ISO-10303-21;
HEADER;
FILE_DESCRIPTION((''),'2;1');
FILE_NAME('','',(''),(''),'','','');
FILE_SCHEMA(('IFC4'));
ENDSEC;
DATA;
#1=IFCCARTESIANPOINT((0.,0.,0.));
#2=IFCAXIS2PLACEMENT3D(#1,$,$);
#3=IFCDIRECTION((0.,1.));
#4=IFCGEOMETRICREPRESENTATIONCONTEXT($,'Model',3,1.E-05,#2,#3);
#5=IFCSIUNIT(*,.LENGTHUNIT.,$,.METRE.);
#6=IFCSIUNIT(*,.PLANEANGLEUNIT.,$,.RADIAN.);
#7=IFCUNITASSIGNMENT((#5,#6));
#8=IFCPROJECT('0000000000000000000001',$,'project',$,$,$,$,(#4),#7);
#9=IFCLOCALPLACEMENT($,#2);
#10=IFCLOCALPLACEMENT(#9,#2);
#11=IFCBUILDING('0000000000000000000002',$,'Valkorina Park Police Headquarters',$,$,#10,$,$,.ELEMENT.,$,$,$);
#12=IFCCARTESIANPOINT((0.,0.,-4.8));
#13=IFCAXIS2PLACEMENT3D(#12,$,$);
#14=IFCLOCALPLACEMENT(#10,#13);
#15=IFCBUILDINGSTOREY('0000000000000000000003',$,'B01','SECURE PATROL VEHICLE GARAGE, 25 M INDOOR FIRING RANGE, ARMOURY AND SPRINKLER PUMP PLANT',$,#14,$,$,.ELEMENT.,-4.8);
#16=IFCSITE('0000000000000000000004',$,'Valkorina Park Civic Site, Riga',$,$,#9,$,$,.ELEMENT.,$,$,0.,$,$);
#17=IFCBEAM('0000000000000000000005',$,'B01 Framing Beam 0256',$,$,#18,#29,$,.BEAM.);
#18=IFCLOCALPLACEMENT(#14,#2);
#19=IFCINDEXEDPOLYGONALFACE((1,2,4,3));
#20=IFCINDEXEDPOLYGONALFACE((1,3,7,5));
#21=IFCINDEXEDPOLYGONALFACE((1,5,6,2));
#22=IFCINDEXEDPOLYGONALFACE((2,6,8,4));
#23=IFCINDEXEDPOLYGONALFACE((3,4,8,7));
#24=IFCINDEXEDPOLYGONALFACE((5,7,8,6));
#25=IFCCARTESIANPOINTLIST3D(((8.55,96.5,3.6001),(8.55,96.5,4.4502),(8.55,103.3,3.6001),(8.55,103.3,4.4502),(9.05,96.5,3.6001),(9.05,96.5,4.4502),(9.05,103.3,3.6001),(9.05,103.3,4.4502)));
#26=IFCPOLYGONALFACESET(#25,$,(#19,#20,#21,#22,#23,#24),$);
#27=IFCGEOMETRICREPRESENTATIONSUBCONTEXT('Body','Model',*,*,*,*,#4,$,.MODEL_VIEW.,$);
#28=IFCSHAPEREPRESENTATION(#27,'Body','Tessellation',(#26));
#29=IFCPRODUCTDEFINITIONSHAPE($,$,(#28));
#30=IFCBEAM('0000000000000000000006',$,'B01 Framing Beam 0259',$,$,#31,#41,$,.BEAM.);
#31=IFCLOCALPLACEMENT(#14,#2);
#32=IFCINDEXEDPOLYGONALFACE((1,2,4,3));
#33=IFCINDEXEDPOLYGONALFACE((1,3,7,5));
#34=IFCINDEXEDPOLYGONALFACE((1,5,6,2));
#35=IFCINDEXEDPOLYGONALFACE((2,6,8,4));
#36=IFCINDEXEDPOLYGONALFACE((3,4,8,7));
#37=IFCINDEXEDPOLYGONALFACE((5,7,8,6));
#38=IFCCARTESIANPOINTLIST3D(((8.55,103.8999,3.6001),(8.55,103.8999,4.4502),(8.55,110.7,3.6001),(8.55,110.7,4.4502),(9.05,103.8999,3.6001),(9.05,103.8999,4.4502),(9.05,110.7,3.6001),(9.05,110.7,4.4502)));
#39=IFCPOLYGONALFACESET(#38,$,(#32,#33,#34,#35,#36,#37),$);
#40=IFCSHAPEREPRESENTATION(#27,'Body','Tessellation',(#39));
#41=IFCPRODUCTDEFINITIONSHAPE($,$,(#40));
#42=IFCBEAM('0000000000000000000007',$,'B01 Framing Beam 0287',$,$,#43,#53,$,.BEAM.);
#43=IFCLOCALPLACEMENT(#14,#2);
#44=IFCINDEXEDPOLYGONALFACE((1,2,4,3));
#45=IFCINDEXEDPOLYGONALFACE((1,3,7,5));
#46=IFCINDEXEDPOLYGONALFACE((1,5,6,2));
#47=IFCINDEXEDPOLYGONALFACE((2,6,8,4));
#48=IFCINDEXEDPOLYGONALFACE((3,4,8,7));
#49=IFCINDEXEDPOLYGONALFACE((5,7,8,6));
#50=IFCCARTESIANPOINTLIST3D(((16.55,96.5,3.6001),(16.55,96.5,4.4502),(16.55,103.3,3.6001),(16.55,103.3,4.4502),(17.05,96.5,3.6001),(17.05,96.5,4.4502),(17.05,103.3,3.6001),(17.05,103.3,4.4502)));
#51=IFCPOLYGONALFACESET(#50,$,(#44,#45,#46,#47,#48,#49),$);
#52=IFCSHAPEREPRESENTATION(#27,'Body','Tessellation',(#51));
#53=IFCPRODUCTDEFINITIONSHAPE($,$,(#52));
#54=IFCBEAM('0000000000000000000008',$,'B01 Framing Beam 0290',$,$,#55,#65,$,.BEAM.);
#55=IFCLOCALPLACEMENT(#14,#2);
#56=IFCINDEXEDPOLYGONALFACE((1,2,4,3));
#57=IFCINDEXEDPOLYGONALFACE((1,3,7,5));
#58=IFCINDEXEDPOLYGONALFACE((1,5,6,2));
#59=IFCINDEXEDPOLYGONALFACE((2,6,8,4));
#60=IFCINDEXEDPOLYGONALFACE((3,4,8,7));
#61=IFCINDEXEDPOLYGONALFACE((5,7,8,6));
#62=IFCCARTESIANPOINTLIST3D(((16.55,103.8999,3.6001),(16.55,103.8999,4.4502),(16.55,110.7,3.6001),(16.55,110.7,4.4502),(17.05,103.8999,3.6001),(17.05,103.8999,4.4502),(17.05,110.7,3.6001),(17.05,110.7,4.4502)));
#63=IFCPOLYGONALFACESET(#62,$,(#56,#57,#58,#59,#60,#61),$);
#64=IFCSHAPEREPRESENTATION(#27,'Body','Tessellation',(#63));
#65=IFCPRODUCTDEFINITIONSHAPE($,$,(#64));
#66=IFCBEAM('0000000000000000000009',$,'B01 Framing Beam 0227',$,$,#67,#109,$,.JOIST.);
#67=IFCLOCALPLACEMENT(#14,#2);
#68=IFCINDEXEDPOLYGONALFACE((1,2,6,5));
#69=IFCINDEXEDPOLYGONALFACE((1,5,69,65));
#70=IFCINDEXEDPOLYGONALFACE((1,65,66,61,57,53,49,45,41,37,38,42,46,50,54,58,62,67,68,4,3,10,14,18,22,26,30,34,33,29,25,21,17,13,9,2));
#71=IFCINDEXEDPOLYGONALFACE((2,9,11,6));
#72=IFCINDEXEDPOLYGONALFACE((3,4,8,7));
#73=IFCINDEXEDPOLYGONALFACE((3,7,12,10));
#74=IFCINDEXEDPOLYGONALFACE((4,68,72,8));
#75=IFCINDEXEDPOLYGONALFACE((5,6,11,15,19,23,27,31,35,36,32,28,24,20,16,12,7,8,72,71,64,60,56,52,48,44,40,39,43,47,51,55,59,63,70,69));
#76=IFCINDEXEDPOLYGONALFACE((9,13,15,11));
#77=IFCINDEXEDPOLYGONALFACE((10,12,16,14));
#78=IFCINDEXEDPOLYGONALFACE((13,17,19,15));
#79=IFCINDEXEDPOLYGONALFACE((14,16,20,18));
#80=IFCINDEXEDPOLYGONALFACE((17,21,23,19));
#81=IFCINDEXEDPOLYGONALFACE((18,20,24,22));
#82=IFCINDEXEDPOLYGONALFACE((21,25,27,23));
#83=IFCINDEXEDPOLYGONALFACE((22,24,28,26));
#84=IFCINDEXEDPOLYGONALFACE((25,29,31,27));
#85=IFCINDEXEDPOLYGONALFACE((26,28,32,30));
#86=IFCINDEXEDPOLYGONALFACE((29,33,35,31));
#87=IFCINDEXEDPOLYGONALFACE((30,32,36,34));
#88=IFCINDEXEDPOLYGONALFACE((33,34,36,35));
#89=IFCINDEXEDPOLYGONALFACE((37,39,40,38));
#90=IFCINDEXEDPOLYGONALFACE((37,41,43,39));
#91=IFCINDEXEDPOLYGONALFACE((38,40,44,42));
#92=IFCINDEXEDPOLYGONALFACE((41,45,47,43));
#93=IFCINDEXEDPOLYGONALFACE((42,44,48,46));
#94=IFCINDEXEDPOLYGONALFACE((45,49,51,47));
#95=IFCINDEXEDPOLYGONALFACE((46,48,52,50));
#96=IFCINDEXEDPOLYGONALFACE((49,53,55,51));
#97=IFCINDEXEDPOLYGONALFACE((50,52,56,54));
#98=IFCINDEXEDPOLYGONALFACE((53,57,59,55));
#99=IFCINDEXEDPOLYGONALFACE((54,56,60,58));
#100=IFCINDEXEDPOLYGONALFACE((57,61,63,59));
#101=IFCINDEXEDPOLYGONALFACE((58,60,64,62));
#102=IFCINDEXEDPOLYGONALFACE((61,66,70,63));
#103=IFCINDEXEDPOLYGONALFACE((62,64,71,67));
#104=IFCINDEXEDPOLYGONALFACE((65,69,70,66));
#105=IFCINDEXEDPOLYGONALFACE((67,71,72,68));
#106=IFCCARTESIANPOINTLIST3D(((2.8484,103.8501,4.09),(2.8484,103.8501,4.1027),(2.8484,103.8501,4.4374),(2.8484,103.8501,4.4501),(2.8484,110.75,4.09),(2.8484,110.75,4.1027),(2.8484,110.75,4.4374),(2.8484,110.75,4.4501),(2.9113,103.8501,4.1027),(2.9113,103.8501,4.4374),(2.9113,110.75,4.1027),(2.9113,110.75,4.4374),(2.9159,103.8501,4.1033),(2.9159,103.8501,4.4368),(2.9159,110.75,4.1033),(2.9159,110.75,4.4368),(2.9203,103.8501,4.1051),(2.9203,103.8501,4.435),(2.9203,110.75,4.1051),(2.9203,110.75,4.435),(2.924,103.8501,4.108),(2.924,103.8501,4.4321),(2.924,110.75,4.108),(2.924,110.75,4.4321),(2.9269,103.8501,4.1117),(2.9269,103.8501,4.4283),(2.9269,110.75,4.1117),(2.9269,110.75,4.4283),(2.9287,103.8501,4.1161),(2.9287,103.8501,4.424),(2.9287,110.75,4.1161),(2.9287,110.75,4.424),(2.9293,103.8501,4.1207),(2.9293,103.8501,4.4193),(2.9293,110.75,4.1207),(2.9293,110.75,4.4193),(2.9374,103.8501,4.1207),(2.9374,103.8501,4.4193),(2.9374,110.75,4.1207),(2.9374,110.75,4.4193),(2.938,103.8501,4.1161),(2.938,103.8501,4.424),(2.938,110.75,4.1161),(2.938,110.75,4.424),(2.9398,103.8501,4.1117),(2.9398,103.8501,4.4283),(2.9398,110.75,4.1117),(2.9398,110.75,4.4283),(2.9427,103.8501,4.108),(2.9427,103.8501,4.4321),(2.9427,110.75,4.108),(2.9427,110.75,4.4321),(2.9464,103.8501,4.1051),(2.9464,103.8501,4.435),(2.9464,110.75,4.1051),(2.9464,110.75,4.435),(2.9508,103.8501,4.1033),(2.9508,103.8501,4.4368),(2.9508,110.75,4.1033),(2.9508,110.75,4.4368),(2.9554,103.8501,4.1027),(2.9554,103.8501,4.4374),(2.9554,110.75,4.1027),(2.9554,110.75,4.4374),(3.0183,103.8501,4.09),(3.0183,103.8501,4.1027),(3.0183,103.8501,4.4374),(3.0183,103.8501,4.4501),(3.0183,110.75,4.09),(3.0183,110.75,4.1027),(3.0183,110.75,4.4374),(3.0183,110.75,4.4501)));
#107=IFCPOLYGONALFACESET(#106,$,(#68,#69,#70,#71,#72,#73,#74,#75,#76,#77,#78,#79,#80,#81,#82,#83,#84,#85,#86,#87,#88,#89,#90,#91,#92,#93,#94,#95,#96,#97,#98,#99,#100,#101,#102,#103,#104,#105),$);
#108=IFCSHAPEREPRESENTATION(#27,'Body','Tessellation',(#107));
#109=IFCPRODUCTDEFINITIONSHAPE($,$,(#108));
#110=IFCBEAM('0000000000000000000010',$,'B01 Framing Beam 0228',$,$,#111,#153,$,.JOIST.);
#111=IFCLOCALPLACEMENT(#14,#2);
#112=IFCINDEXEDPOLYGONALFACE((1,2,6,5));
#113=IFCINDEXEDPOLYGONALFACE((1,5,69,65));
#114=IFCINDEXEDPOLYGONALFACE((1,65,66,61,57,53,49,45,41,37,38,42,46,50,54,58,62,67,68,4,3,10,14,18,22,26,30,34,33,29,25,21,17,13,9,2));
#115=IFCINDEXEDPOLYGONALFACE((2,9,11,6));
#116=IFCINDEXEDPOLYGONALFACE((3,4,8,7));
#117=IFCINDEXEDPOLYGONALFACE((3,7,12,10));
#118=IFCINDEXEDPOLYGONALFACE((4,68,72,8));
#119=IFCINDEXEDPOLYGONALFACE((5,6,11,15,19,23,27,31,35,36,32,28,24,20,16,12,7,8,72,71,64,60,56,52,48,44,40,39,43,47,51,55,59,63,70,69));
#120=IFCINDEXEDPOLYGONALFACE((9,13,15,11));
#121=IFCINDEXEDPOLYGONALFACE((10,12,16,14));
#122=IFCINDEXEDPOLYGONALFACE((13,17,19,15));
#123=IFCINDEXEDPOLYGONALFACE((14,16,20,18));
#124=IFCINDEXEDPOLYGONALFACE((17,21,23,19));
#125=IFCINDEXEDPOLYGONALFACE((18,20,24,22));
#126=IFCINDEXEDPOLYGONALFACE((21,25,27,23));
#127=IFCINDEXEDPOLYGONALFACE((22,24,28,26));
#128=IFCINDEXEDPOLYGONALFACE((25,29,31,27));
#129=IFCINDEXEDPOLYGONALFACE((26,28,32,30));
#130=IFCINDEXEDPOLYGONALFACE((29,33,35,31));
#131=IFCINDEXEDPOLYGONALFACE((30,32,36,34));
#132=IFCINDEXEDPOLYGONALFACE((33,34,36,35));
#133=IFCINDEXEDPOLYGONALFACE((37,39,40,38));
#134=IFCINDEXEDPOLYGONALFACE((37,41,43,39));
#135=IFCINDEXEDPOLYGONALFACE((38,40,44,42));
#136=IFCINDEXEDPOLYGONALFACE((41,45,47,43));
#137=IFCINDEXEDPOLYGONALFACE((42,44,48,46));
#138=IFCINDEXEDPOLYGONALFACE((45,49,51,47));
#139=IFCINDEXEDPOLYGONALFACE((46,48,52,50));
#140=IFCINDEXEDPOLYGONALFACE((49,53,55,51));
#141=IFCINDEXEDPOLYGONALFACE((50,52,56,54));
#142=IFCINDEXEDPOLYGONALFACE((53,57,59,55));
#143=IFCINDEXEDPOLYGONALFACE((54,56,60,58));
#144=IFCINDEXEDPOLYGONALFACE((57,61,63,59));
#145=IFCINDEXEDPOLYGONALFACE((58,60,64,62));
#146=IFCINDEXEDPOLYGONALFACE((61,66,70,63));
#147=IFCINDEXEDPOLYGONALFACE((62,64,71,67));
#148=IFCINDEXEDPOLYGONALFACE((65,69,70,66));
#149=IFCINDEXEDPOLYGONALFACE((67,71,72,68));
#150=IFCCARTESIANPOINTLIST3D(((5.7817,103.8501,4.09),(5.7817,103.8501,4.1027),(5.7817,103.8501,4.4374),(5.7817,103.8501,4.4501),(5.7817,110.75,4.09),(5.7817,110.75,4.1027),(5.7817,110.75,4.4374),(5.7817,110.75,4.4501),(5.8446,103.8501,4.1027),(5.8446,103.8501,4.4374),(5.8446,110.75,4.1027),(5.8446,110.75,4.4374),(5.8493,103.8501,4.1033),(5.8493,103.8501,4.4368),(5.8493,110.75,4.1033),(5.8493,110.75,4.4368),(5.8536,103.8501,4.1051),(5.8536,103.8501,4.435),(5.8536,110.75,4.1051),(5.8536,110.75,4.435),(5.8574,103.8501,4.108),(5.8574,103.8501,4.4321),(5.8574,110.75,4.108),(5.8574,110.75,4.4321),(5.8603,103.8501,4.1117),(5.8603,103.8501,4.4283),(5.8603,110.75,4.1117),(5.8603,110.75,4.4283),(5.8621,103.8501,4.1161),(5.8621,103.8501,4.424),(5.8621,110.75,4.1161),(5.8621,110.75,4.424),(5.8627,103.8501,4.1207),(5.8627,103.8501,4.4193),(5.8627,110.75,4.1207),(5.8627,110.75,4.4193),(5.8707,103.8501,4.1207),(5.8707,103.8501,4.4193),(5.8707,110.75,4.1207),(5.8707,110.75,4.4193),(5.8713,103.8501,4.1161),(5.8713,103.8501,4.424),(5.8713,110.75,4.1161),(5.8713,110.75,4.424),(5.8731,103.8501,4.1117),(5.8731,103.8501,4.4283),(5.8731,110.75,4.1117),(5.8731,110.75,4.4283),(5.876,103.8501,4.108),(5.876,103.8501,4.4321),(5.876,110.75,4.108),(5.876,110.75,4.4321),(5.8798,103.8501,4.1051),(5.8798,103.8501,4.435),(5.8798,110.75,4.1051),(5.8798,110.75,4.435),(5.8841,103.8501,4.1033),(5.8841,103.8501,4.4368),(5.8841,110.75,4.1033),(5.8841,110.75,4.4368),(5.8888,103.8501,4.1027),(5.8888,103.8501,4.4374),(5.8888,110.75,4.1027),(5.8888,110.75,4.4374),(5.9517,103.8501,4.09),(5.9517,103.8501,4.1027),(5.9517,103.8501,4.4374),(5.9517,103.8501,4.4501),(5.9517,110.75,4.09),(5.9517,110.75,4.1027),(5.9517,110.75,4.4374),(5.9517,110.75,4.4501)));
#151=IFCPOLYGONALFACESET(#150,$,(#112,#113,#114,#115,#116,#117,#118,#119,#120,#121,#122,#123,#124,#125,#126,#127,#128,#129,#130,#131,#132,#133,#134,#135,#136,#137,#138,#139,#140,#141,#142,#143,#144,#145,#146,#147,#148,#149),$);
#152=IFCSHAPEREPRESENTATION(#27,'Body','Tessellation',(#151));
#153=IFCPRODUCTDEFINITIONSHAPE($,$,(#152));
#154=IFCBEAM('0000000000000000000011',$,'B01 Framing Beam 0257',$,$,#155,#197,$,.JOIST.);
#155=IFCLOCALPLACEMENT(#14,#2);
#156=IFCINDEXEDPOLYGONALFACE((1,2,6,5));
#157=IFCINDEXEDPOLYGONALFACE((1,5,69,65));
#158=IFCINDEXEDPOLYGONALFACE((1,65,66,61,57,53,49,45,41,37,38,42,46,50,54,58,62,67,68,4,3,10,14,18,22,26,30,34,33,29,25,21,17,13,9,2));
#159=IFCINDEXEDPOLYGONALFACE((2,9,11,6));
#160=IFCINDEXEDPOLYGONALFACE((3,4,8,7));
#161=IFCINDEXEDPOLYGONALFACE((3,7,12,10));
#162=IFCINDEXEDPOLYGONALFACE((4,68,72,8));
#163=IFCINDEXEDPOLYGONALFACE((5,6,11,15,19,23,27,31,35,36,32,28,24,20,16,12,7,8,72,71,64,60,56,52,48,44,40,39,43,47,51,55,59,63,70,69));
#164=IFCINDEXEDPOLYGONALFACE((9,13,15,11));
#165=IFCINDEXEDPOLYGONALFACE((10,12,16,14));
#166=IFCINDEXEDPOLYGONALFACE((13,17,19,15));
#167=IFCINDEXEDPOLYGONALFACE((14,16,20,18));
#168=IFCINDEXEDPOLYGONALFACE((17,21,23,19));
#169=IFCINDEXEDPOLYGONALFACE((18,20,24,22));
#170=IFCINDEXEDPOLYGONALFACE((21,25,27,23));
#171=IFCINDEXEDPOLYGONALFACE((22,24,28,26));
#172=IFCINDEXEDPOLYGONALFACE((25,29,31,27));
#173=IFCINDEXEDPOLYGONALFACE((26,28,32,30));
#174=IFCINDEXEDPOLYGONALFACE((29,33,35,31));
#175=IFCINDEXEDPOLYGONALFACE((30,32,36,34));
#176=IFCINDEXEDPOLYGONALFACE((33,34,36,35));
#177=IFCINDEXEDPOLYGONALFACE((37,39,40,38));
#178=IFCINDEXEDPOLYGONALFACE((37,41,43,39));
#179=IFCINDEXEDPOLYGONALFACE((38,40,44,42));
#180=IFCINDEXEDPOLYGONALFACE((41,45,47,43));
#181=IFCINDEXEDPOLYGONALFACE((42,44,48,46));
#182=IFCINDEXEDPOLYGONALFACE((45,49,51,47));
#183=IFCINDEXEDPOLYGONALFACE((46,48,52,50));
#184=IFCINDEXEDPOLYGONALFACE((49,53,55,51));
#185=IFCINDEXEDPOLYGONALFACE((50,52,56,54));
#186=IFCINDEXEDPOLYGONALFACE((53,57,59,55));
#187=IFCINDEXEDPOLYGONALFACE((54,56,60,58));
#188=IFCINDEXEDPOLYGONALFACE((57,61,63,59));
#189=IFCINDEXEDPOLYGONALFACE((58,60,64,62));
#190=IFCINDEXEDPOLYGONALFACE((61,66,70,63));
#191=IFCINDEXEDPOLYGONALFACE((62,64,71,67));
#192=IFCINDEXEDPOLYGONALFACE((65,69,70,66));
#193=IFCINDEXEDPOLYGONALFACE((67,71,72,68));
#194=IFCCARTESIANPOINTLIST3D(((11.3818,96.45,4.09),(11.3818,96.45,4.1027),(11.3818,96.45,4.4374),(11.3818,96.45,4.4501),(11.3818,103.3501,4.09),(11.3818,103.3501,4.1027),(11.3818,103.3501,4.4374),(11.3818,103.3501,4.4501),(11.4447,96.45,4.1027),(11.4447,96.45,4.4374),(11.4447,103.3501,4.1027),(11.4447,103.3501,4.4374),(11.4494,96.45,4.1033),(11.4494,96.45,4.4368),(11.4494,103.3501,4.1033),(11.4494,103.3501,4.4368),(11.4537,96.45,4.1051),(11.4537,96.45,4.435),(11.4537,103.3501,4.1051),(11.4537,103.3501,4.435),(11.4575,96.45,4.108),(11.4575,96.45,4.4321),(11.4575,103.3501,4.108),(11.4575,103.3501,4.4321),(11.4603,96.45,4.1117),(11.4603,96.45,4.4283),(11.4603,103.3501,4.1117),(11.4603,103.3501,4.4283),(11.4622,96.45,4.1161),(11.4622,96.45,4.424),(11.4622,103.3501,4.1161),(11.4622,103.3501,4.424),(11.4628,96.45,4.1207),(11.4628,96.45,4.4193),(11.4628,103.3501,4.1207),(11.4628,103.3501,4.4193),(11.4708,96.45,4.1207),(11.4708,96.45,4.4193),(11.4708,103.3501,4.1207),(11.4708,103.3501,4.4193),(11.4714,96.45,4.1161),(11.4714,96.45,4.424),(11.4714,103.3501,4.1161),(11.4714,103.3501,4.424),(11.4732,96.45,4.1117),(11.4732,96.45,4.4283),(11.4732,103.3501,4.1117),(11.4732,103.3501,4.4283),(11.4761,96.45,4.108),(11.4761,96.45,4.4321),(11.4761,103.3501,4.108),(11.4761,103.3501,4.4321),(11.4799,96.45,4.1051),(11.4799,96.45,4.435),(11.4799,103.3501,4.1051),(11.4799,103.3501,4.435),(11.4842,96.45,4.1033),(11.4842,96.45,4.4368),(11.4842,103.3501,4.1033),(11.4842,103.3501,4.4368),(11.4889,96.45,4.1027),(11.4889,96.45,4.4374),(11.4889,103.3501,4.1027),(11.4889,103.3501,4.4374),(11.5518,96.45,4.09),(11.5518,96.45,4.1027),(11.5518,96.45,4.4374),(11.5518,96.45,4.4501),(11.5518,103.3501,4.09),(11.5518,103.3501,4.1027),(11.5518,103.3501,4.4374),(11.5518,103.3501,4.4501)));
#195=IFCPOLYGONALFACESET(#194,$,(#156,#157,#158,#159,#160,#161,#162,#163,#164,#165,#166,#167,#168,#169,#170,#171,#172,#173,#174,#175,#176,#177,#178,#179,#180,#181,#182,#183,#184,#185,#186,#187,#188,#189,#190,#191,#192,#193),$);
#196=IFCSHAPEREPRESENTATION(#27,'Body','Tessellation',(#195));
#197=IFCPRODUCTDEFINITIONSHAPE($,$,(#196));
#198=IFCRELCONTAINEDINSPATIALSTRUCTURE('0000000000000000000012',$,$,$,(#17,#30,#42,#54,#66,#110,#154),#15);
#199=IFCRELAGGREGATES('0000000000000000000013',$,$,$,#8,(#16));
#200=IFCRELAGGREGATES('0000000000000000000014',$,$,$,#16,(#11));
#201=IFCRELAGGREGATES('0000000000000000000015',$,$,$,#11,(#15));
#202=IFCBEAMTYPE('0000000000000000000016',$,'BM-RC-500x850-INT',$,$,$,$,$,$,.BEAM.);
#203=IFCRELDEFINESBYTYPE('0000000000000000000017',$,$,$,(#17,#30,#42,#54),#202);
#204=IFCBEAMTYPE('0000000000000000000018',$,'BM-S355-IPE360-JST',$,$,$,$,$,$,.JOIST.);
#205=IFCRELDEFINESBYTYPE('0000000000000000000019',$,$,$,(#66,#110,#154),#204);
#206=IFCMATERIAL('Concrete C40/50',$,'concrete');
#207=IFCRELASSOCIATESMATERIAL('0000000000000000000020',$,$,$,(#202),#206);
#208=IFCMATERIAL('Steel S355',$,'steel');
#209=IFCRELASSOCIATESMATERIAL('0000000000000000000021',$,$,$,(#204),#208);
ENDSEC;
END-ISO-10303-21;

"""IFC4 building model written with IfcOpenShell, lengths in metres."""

from ifc_helpers import new_model, si_unit, direction, frame, origin, origin_2d, place, context, subcontext, project, spatial, rectangle, i_section, extrude, material, material_profile, profile_set, type_object, element, save


model = new_model("IFC4")

# Units and contexts
model_context = context("Model", 3, precision=1e-05, world=origin(), true_north=direction((0.0, 1.0)))
body_context = subcontext(model_context, "Body", "Model", "MODEL_VIEW")
ifc_project = project(units=[si_unit("LENGTHUNIT", "METRE"), si_unit("PLANEANGLEUNIT", "RADIAN")], contexts=[model_context])

# Site, building, storey
site_placement = place(None, origin())
site = spatial("IfcSite", under=ifc_project, at=site_placement, Name="Valkorina Park Civic Site, Riga", CompositionType="ELEMENT", RefElevation=0.0)
building_placement = place(site_placement, origin())
building = spatial("IfcBuilding", under=site, at=building_placement, Name="Valkorina Park Police Headquarters", CompositionType="ELEMENT")
storey_placement = place(building_placement, frame((0.0, 0.0, -4.8)))
storey = spatial("IfcBuildingStorey", under=building, at=storey_placement, Name="B01", Description="SECURE PATROL VEHICLE GARAGE, 25 M INDOOR FIRING RANGE, ARMOURY AND SPRINKLER PUMP PLANT", CompositionType="ELEMENT", Elevation=-4.8)

# Shared definitions
ifc_material_1 = material(Name="Concrete C40/50", Category="concrete")

# Beams
ifc_material_profile_1 = material_profile(ifc_material_1, rectangle(XDim=0.5, YDim=0.8501, at=origin_2d()), Name="RC BEAM 500x850")
ifc_profile_set_1 = profile_set([ifc_material_profile_1], Name="Concrete C40/50")
beam_type_1 = type_object("IfcBeamType", Name="BM-RC-500x850-INT", PredefinedType="BEAM", material=ifc_profile_set_1)
for number, where, z_axis, x_axis, name in (
    (1, (8.8, 96.5, 4.0251), (0.0, 1.0, 0.0), (-1.0, 0.0, 0.0), "B01 Framing Beam 0256"),
    (2, (8.8, 103.8999, 4.0251), (0.0, 1.0, 0.0), (-1.0, 0.0, 0.0), "B01 Framing Beam 0259"),
    (3, (16.8, 96.5, 4.0251), (0.0, 1.0, 0.0), (-1.0, 0.0, 0.0), "B01 Framing Beam 0287"),
    (4, (16.8, 103.8999, 4.0251), (0.0, 1.0, 0.0), (-1.0, 0.0, 0.0), "B01 Framing Beam 0290"),
):
    element("IfcBeam", number, at=place(storey_placement, frame(where, z_axis=z_axis, x_axis=x_axis)), inside=storey, type_object=beam_type_1, Name=name, PredefinedType="BEAM", context=body_context, shape_type="SweptSolid", body=[
        extrude(rectangle(XDim=0.5, YDim=0.8501, at=origin_2d()), origin(), (0.0, 0.0, 1.0), 6.8),
    ])
ifc_material_2 = material(Name="Steel S355", Category="steel")
ifc_material_profile_2 = material_profile(ifc_material_2, i_section(OverallWidth=0.1699, OverallDepth=0.3601, WebThickness=0.0081, FlangeThickness=0.0127, FilletRadius=0.0181, at=origin_2d()), Name="IPE 360")
ifc_profile_set_2 = profile_set([ifc_material_profile_2], Name="Steel S355")
beam_type_2 = type_object("IfcBeamType", Name="BM-S355-IPE360-JST", PredefinedType="JOIST", material=ifc_profile_set_2)
for number, where, z_axis, x_axis, name in (
    (5, (2.9333, 103.8501, 4.27), (0.0, 1.0, 0.0), (-1.0, 0.0, 0.0), "B01 Framing Beam 0227"),
    (6, (5.8667, 103.8501, 4.27), (0.0, 1.0, 0.0), (-1.0, 0.0, 0.0), "B01 Framing Beam 0228"),
):
    element("IfcBeam", number, at=place(storey_placement, frame(where, z_axis=z_axis, x_axis=x_axis)), inside=storey, type_object=beam_type_2, Name=name, PredefinedType="JOIST", context=body_context, shape_type="SweptSolid", body=[
        extrude(i_section(OverallWidth=0.1699, OverallDepth=0.3601, WebThickness=0.0081, FlangeThickness=0.0127, FilletRadius=0.0181, at=origin_2d()), origin(), (0.0, 0.0, 1.0), 6.8999),
    ])
for number, where, z_axis, x_axis, name in (
    (7, (11.4668, 96.45, 4.27), (0.0, 1.0, 0.0), (-1.0, 0.0, 0.0), "B01 Framing Beam 0257"),
):
    element("IfcBeam", number, at=place(storey_placement, frame(where, z_axis=z_axis, x_axis=x_axis)), inside=storey, type_object=beam_type_2, Name=name, PredefinedType="JOIST", context=body_context, shape_type="SweptSolid", body=[
        extrude(i_section(OverallWidth=0.1699, OverallDepth=0.3601, WebThickness=0.0081, FlangeThickness=0.0127, FilletRadius=0.0181, at=origin_2d()), origin(), (0.0, 0.0, 1.0), 6.9001),
    ])

save(model, "model.ifc")
